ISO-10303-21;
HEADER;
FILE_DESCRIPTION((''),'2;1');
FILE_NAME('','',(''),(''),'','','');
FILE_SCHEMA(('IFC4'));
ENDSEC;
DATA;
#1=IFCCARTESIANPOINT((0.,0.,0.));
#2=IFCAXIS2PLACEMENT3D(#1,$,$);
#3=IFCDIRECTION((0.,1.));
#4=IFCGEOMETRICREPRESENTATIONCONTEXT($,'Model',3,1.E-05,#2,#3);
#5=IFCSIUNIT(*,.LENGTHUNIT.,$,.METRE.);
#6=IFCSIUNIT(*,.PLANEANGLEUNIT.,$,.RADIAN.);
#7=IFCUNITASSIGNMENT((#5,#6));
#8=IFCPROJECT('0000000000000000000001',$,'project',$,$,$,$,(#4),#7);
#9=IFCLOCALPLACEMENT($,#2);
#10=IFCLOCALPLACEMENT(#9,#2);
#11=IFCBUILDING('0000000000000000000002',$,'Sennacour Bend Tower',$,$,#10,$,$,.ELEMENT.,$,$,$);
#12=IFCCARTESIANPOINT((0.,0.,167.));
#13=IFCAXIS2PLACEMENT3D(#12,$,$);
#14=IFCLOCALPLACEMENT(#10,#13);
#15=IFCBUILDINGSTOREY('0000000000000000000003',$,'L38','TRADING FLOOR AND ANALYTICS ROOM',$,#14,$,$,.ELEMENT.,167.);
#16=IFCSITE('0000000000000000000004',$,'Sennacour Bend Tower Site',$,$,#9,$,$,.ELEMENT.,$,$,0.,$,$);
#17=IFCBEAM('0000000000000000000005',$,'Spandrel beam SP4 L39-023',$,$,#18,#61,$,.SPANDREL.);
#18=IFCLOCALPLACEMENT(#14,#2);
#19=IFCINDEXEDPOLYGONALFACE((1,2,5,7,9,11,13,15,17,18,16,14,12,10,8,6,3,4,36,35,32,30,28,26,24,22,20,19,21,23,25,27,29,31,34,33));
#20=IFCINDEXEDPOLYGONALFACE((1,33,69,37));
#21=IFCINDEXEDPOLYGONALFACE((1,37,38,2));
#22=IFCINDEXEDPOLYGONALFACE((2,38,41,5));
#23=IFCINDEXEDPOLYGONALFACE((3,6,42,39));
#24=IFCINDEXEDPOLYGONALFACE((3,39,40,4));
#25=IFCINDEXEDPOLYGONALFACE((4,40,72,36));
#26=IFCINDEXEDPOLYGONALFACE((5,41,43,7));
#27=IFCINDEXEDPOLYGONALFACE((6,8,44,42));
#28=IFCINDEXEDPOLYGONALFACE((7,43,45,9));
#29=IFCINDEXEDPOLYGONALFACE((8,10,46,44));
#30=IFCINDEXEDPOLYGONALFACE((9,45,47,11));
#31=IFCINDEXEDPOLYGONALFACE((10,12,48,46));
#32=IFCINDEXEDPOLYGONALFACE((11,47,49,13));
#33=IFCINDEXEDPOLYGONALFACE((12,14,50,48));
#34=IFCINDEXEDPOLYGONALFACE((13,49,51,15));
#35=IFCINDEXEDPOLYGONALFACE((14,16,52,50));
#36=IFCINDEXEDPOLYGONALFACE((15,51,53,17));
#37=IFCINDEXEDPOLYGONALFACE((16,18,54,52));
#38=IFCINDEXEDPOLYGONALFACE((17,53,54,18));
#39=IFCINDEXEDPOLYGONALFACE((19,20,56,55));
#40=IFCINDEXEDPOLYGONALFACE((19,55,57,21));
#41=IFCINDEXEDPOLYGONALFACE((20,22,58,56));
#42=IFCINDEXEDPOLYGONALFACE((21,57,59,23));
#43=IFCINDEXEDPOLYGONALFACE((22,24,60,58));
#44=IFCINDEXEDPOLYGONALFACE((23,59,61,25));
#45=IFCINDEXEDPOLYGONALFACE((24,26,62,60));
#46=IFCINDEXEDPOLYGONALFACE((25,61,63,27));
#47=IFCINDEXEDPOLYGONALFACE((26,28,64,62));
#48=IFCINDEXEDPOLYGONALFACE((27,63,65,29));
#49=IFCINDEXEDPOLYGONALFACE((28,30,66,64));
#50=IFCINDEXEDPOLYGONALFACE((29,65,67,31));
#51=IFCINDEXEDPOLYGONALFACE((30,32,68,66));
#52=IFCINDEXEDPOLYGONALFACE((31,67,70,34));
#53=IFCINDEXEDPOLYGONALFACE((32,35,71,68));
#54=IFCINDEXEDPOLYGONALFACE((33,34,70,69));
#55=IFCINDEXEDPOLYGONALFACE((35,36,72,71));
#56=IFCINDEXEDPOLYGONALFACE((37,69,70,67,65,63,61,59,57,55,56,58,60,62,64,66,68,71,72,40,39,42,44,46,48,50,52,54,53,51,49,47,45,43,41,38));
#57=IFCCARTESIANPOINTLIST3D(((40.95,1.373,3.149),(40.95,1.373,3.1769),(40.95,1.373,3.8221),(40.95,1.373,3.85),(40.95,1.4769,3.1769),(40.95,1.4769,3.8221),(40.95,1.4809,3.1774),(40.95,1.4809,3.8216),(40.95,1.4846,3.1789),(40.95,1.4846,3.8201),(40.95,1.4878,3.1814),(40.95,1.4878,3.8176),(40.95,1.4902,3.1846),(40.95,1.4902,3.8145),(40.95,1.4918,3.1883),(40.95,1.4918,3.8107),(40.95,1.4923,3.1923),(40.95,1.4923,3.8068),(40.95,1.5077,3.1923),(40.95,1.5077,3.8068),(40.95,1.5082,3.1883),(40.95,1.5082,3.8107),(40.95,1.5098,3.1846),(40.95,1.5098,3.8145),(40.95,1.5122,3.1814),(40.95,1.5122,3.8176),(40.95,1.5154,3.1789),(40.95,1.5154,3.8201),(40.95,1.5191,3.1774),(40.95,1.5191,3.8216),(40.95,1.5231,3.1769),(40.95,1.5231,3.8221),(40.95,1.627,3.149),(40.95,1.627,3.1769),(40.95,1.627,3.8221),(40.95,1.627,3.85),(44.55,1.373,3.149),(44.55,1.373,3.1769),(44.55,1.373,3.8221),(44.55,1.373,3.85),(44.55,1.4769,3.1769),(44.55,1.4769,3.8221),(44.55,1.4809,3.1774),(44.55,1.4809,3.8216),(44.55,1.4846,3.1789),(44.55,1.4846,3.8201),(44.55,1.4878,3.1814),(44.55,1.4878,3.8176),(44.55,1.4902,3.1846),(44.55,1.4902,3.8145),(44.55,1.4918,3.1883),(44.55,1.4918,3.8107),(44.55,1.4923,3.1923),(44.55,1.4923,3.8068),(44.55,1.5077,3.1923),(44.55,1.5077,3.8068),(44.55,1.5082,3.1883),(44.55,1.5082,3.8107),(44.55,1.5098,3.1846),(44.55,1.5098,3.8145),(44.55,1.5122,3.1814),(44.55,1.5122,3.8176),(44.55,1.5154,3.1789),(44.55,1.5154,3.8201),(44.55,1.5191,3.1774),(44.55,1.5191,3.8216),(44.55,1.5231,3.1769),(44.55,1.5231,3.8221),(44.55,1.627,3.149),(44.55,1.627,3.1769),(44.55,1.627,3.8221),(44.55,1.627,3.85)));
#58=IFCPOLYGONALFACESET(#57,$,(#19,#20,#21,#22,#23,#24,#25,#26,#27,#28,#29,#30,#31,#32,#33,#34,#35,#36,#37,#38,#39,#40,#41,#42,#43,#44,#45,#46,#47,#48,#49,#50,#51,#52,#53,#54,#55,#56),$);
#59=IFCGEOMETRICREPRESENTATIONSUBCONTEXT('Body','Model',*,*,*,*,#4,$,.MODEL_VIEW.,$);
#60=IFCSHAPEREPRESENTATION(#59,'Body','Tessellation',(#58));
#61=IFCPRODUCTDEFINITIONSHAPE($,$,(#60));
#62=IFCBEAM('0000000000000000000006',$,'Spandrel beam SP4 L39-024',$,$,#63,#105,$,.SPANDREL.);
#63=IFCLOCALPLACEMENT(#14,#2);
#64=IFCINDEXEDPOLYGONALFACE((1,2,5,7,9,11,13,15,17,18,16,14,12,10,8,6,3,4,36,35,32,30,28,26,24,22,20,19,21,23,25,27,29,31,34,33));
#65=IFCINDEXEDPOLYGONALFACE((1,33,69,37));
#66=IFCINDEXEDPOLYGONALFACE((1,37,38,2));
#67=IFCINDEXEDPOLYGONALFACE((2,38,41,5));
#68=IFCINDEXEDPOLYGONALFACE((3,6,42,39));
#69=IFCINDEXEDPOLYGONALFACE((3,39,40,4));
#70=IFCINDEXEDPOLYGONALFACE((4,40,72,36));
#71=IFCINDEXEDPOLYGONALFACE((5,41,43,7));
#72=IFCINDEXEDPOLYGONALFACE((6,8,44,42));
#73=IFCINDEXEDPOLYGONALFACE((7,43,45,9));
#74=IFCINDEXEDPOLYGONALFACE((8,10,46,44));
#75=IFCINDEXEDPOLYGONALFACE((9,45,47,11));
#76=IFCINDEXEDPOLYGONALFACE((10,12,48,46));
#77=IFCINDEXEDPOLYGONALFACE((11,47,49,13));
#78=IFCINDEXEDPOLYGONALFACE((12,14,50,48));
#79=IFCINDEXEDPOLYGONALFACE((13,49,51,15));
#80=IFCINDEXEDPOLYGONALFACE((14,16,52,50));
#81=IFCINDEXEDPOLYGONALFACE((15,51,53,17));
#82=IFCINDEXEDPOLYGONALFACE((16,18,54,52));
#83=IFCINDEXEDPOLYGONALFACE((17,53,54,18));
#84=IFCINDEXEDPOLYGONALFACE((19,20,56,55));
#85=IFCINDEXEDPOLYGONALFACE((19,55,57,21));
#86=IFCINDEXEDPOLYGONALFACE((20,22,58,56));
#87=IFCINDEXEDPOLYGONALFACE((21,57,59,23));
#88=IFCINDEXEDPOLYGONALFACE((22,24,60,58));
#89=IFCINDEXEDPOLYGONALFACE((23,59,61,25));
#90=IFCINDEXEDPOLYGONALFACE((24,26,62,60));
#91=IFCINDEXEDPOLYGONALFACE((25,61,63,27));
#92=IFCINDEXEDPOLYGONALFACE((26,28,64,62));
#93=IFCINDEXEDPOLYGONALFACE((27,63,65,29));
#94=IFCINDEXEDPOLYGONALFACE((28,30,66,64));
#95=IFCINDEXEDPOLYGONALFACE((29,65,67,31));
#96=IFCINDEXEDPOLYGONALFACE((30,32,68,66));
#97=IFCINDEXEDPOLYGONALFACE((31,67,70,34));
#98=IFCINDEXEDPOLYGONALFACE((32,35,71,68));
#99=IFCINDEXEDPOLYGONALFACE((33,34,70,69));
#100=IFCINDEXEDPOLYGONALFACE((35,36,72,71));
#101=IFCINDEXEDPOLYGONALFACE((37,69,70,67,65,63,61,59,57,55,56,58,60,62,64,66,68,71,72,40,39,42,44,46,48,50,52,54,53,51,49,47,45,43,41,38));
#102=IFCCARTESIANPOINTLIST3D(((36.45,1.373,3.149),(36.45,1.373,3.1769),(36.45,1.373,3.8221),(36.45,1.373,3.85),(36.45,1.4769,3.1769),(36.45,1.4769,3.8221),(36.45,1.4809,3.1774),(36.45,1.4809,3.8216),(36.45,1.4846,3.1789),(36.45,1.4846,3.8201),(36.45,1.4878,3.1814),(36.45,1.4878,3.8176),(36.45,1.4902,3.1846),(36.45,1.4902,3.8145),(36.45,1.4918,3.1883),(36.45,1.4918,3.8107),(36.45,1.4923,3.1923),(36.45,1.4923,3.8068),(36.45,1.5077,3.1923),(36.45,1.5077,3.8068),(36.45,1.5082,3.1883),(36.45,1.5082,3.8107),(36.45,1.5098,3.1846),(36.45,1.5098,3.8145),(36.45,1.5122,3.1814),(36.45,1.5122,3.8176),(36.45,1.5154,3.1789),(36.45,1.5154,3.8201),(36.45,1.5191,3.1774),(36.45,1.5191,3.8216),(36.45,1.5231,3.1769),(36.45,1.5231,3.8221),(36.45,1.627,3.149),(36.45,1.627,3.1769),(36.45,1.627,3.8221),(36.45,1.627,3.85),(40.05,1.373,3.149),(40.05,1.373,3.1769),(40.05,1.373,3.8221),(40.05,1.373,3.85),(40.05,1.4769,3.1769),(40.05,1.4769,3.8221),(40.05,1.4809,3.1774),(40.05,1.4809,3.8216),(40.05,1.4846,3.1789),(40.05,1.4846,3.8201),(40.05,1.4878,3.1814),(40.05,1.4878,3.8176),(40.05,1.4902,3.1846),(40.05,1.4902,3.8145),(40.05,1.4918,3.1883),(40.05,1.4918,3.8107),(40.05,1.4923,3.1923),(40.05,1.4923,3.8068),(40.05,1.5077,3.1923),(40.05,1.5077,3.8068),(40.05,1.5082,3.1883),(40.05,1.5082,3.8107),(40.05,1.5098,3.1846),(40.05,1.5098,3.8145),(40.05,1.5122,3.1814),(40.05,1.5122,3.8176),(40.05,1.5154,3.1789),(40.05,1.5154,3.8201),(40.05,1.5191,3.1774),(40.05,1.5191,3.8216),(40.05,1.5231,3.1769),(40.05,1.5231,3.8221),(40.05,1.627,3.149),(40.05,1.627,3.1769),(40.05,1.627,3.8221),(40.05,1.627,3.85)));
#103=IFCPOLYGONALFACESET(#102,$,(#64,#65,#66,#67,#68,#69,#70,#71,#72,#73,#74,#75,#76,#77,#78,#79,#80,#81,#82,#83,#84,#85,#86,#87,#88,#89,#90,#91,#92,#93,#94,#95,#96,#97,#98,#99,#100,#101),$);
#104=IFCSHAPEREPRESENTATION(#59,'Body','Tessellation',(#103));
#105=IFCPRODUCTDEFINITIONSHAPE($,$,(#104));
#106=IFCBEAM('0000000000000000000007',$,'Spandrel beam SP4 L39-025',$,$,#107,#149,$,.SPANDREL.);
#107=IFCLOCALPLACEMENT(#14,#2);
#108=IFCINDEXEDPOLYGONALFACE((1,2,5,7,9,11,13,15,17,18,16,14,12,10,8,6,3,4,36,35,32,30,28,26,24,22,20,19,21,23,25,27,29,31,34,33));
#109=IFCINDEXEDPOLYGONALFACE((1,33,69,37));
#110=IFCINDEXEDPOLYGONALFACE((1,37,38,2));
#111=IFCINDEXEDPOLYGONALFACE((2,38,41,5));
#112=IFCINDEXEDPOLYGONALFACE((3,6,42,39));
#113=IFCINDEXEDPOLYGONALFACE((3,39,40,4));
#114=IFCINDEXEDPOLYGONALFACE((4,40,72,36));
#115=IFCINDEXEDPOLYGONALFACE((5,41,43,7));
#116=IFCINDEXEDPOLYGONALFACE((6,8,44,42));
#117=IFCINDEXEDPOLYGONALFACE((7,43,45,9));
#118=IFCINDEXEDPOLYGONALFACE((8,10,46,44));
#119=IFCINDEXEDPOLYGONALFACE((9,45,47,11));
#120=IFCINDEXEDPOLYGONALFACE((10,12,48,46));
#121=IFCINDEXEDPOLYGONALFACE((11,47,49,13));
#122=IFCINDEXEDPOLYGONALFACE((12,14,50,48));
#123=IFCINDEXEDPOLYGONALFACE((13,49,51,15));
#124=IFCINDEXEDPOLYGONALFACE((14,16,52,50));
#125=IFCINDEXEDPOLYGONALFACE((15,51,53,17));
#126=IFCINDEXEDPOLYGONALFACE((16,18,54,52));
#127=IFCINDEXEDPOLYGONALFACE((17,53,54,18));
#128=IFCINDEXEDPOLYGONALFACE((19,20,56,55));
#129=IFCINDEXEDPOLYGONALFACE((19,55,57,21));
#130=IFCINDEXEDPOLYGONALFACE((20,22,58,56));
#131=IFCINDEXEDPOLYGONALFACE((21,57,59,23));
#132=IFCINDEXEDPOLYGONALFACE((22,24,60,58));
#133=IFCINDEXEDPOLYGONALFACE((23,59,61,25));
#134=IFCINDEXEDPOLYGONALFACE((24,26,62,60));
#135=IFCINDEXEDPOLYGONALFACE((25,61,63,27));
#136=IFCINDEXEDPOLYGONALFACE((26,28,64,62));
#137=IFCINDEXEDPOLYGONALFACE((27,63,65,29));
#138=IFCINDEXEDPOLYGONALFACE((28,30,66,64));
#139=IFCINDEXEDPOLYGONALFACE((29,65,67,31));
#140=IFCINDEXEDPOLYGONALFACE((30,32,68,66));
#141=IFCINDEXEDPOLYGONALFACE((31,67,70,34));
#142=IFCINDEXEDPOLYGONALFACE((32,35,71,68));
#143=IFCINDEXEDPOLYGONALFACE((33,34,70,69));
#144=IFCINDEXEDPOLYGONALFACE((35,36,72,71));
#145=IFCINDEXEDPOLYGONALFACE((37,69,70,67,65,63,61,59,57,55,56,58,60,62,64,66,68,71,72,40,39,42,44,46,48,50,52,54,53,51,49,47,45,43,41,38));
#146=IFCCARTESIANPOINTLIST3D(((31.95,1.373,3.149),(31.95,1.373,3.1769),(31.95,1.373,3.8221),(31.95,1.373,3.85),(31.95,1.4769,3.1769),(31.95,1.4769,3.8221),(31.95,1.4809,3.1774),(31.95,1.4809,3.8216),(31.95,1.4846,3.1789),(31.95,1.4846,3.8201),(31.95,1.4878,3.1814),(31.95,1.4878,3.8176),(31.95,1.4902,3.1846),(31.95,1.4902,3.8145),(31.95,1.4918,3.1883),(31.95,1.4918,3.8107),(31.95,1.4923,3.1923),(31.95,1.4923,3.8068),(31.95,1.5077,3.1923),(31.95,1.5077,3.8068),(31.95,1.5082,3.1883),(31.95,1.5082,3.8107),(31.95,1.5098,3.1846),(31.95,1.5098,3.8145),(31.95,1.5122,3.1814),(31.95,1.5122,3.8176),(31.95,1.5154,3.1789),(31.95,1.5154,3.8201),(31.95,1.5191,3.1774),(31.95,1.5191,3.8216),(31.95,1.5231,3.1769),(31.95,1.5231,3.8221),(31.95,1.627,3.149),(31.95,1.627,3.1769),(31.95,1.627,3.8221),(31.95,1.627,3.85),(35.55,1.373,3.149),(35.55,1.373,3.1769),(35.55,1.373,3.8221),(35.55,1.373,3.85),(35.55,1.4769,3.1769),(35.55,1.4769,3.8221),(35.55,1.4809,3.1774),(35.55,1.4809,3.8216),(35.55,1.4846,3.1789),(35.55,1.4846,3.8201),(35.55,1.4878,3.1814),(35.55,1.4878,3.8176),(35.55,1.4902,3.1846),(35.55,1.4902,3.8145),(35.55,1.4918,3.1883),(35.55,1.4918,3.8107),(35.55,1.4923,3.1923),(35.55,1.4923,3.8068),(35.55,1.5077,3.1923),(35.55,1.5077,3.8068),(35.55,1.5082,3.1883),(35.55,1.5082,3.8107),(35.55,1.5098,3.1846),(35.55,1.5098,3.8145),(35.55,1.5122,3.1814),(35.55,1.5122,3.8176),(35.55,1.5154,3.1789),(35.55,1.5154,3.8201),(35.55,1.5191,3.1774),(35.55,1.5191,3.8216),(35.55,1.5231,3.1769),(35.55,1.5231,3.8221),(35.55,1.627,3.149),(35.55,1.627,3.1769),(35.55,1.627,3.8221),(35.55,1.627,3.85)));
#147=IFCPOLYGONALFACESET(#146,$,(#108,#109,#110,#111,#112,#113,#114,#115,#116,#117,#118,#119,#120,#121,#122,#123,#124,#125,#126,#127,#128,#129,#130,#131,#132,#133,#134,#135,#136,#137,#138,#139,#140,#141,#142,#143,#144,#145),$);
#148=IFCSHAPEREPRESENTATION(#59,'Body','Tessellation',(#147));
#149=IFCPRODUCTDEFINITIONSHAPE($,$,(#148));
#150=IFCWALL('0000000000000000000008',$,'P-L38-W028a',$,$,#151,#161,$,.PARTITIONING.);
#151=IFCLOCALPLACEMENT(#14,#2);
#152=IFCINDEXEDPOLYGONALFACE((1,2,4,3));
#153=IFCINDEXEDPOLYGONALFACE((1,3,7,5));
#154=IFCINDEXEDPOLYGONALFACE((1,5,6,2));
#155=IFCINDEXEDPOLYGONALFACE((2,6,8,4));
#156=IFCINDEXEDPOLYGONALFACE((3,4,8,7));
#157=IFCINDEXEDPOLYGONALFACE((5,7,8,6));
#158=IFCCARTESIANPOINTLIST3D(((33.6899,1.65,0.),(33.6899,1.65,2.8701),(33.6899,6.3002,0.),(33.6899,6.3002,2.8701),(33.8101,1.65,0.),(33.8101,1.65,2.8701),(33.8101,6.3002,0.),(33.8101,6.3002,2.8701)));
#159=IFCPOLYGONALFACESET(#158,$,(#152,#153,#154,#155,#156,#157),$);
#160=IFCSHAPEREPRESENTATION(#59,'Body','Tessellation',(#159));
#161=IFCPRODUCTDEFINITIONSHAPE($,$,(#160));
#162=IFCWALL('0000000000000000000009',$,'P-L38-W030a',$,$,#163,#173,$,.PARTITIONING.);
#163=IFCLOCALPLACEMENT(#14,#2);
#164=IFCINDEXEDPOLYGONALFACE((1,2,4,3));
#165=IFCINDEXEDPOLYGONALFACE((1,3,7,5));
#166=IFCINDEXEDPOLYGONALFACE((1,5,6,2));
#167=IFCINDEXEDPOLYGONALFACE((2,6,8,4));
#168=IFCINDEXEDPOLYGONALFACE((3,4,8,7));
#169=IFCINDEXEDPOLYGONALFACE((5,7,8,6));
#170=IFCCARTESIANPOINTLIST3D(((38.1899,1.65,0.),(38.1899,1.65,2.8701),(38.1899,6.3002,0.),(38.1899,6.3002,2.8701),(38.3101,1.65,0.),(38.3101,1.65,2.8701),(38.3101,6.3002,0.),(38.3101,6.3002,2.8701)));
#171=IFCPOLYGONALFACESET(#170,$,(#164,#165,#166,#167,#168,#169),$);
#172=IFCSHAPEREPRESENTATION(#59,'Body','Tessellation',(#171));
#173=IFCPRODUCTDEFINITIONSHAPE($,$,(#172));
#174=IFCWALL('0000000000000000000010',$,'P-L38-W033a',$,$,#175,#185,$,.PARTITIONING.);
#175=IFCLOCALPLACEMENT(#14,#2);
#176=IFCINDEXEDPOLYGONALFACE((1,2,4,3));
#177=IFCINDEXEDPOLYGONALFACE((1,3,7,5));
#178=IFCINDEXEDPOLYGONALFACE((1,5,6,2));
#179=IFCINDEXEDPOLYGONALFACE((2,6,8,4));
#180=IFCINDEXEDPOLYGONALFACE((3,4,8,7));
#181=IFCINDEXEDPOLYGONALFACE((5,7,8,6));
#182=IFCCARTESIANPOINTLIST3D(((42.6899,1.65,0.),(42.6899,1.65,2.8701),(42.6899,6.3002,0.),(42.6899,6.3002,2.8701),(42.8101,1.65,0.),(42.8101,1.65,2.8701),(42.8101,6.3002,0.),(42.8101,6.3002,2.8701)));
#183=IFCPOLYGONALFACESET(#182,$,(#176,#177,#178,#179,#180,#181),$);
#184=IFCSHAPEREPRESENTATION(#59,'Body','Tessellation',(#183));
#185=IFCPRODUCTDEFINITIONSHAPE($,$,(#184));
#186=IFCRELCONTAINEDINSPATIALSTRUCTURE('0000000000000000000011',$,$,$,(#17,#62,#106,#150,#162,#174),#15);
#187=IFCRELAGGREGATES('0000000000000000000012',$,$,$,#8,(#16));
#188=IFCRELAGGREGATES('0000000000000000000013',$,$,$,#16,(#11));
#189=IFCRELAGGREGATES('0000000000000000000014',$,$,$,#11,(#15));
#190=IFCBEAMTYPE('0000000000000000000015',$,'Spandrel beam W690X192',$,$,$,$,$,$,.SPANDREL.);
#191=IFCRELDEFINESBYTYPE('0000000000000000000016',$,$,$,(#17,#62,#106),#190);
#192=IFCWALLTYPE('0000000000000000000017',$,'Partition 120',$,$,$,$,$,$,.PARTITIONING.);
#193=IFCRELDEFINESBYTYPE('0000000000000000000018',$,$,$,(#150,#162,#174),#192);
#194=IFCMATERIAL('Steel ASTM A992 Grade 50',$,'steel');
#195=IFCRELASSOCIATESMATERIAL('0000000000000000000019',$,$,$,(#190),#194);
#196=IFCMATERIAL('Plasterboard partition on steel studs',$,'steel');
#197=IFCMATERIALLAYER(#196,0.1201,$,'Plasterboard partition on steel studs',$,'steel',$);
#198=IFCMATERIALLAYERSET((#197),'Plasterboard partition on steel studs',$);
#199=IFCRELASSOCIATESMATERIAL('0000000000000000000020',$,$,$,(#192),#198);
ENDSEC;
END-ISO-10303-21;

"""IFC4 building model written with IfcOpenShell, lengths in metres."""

from ifc_helpers import new_model, si_unit, direction, frame, frame_2d, origin, origin_2d, place, context, subcontext, project, spatial, rectangle, i_section, extrude, material, layer, layer_set, material_profile, profile_set, type_object, element, save


model = new_model("IFC4")

# Units and contexts
model_context = context("Model", 3, precision=1e-05, world=origin(), true_north=direction((0.0, 1.0)))
body_context = subcontext(model_context, "Body", "Model", "MODEL_VIEW")
ifc_project = project(units=[si_unit("LENGTHUNIT", "METRE"), si_unit("PLANEANGLEUNIT", "RADIAN")], contexts=[model_context])

# Site, building, storey
site_placement = place(None, origin())
site = spatial("IfcSite", under=ifc_project, at=site_placement, Name="Sennacour Bend Tower Site", CompositionType="ELEMENT", RefElevation=0.0)
building_placement = place(site_placement, origin())
building = spatial("IfcBuilding", under=site, at=building_placement, Name="Sennacour Bend Tower", CompositionType="ELEMENT")
storey_placement = place(building_placement, frame((0.0, 0.0, 167.0)))
storey = spatial("IfcBuildingStorey", under=building, at=storey_placement, Name="L38", Description="TRADING FLOOR AND ANALYTICS ROOM", CompositionType="ELEMENT", Elevation=167.0)

# Beams
ifc_material_1 = material(Name="Steel ASTM A992 Grade 50", Category="steel")
ifc_material_profile_1 = material_profile(ifc_material_1, i_section(OverallWidth=0.2539, OverallDepth=0.7009, WebThickness=0.0154, FlangeThickness=0.0278, FilletRadius=0.0154, at=origin_2d()), Name="Steel ASTM A992 Grade 50", Category="steel")
ifc_profile_set_1 = profile_set([ifc_material_profile_1], Name="Steel ASTM A992 Grade 50")
beam_type_1 = type_object("IfcBeamType", Name="Spandrel beam W690X192", PredefinedType="SPANDREL", material=ifc_profile_set_1)
for number, where, z_axis, x_axis, name in (
    (1, (44.55, 1.5, 3.4995), (-1.0, 0.0, 0.0), (0.0, -1.0, 0.0), "Spandrel beam SP4 L39-023"),
    (2, (40.05, 1.5, 3.4995), (-1.0, 0.0, 0.0), (0.0, -1.0, 0.0), "Spandrel beam SP4 L39-024"),
    (3, (35.55, 1.5, 3.4995), (-1.0, 0.0, 0.0), (0.0, -1.0, 0.0), "Spandrel beam SP4 L39-025"),
):
    element("IfcBeam", number, at=place(storey_placement, frame(where, z_axis=z_axis, x_axis=x_axis)), inside=storey, type_object=beam_type_1, Name=name, PredefinedType="SPANDREL", context=body_context, shape_type="SweptSolid", body=[
        extrude(i_section(OverallWidth=0.2539, OverallDepth=0.7009, WebThickness=0.0154, FlangeThickness=0.0278, FilletRadius=0.0154, at=origin_2d()), origin(), (0.0, 0.0, 1.0), 3.6001),
    ])

# Walls
ifc_material_2 = material(Name="Plasterboard partition on steel studs", Category="steel")
ifc_layer_1 = layer(ifc_material_2, 0.1201, Name="Plasterboard partition on steel studs", Category="steel")
ifc_layer_set_1 = layer_set([ifc_layer_1], Name="Plasterboard partition on steel studs")
wall_type_1 = type_object("IfcWallType", Name="Partition 120", PredefinedType="PARTITIONING", material=ifc_layer_set_1)
for number, where, z_axis, x_axis, name in (
    (4, (33.75, 1.6499, 0.0), (0.0, 0.0, 1.0), (0.0, 1.0, 0.0), "P-L38-W028a"),
    (5, (38.25, 1.6499, 0.0), (0.0, 0.0, 1.0), (0.0, 1.0, 0.0), "P-L38-W030a"),
    (6, (42.75, 1.6499, 0.0), (0.0, 0.0, 1.0), (0.0, 1.0, 0.0), "P-L38-W033a"),
):
    element("IfcWall", number, at=place(storey_placement, frame(where, z_axis=z_axis, x_axis=x_axis)), inside=storey, type_object=wall_type_1, Name=name, PredefinedType="PARTITIONING", context=body_context, shape_type="SweptSolid", body=[
        extrude(rectangle(XDim=4.6501, YDim=0.1201, at=frame_2d((2.3252, 0.0))), origin(), (0.0, 0.0, 1.0), 2.8701),
    ])

save(model, "model.ifc")
